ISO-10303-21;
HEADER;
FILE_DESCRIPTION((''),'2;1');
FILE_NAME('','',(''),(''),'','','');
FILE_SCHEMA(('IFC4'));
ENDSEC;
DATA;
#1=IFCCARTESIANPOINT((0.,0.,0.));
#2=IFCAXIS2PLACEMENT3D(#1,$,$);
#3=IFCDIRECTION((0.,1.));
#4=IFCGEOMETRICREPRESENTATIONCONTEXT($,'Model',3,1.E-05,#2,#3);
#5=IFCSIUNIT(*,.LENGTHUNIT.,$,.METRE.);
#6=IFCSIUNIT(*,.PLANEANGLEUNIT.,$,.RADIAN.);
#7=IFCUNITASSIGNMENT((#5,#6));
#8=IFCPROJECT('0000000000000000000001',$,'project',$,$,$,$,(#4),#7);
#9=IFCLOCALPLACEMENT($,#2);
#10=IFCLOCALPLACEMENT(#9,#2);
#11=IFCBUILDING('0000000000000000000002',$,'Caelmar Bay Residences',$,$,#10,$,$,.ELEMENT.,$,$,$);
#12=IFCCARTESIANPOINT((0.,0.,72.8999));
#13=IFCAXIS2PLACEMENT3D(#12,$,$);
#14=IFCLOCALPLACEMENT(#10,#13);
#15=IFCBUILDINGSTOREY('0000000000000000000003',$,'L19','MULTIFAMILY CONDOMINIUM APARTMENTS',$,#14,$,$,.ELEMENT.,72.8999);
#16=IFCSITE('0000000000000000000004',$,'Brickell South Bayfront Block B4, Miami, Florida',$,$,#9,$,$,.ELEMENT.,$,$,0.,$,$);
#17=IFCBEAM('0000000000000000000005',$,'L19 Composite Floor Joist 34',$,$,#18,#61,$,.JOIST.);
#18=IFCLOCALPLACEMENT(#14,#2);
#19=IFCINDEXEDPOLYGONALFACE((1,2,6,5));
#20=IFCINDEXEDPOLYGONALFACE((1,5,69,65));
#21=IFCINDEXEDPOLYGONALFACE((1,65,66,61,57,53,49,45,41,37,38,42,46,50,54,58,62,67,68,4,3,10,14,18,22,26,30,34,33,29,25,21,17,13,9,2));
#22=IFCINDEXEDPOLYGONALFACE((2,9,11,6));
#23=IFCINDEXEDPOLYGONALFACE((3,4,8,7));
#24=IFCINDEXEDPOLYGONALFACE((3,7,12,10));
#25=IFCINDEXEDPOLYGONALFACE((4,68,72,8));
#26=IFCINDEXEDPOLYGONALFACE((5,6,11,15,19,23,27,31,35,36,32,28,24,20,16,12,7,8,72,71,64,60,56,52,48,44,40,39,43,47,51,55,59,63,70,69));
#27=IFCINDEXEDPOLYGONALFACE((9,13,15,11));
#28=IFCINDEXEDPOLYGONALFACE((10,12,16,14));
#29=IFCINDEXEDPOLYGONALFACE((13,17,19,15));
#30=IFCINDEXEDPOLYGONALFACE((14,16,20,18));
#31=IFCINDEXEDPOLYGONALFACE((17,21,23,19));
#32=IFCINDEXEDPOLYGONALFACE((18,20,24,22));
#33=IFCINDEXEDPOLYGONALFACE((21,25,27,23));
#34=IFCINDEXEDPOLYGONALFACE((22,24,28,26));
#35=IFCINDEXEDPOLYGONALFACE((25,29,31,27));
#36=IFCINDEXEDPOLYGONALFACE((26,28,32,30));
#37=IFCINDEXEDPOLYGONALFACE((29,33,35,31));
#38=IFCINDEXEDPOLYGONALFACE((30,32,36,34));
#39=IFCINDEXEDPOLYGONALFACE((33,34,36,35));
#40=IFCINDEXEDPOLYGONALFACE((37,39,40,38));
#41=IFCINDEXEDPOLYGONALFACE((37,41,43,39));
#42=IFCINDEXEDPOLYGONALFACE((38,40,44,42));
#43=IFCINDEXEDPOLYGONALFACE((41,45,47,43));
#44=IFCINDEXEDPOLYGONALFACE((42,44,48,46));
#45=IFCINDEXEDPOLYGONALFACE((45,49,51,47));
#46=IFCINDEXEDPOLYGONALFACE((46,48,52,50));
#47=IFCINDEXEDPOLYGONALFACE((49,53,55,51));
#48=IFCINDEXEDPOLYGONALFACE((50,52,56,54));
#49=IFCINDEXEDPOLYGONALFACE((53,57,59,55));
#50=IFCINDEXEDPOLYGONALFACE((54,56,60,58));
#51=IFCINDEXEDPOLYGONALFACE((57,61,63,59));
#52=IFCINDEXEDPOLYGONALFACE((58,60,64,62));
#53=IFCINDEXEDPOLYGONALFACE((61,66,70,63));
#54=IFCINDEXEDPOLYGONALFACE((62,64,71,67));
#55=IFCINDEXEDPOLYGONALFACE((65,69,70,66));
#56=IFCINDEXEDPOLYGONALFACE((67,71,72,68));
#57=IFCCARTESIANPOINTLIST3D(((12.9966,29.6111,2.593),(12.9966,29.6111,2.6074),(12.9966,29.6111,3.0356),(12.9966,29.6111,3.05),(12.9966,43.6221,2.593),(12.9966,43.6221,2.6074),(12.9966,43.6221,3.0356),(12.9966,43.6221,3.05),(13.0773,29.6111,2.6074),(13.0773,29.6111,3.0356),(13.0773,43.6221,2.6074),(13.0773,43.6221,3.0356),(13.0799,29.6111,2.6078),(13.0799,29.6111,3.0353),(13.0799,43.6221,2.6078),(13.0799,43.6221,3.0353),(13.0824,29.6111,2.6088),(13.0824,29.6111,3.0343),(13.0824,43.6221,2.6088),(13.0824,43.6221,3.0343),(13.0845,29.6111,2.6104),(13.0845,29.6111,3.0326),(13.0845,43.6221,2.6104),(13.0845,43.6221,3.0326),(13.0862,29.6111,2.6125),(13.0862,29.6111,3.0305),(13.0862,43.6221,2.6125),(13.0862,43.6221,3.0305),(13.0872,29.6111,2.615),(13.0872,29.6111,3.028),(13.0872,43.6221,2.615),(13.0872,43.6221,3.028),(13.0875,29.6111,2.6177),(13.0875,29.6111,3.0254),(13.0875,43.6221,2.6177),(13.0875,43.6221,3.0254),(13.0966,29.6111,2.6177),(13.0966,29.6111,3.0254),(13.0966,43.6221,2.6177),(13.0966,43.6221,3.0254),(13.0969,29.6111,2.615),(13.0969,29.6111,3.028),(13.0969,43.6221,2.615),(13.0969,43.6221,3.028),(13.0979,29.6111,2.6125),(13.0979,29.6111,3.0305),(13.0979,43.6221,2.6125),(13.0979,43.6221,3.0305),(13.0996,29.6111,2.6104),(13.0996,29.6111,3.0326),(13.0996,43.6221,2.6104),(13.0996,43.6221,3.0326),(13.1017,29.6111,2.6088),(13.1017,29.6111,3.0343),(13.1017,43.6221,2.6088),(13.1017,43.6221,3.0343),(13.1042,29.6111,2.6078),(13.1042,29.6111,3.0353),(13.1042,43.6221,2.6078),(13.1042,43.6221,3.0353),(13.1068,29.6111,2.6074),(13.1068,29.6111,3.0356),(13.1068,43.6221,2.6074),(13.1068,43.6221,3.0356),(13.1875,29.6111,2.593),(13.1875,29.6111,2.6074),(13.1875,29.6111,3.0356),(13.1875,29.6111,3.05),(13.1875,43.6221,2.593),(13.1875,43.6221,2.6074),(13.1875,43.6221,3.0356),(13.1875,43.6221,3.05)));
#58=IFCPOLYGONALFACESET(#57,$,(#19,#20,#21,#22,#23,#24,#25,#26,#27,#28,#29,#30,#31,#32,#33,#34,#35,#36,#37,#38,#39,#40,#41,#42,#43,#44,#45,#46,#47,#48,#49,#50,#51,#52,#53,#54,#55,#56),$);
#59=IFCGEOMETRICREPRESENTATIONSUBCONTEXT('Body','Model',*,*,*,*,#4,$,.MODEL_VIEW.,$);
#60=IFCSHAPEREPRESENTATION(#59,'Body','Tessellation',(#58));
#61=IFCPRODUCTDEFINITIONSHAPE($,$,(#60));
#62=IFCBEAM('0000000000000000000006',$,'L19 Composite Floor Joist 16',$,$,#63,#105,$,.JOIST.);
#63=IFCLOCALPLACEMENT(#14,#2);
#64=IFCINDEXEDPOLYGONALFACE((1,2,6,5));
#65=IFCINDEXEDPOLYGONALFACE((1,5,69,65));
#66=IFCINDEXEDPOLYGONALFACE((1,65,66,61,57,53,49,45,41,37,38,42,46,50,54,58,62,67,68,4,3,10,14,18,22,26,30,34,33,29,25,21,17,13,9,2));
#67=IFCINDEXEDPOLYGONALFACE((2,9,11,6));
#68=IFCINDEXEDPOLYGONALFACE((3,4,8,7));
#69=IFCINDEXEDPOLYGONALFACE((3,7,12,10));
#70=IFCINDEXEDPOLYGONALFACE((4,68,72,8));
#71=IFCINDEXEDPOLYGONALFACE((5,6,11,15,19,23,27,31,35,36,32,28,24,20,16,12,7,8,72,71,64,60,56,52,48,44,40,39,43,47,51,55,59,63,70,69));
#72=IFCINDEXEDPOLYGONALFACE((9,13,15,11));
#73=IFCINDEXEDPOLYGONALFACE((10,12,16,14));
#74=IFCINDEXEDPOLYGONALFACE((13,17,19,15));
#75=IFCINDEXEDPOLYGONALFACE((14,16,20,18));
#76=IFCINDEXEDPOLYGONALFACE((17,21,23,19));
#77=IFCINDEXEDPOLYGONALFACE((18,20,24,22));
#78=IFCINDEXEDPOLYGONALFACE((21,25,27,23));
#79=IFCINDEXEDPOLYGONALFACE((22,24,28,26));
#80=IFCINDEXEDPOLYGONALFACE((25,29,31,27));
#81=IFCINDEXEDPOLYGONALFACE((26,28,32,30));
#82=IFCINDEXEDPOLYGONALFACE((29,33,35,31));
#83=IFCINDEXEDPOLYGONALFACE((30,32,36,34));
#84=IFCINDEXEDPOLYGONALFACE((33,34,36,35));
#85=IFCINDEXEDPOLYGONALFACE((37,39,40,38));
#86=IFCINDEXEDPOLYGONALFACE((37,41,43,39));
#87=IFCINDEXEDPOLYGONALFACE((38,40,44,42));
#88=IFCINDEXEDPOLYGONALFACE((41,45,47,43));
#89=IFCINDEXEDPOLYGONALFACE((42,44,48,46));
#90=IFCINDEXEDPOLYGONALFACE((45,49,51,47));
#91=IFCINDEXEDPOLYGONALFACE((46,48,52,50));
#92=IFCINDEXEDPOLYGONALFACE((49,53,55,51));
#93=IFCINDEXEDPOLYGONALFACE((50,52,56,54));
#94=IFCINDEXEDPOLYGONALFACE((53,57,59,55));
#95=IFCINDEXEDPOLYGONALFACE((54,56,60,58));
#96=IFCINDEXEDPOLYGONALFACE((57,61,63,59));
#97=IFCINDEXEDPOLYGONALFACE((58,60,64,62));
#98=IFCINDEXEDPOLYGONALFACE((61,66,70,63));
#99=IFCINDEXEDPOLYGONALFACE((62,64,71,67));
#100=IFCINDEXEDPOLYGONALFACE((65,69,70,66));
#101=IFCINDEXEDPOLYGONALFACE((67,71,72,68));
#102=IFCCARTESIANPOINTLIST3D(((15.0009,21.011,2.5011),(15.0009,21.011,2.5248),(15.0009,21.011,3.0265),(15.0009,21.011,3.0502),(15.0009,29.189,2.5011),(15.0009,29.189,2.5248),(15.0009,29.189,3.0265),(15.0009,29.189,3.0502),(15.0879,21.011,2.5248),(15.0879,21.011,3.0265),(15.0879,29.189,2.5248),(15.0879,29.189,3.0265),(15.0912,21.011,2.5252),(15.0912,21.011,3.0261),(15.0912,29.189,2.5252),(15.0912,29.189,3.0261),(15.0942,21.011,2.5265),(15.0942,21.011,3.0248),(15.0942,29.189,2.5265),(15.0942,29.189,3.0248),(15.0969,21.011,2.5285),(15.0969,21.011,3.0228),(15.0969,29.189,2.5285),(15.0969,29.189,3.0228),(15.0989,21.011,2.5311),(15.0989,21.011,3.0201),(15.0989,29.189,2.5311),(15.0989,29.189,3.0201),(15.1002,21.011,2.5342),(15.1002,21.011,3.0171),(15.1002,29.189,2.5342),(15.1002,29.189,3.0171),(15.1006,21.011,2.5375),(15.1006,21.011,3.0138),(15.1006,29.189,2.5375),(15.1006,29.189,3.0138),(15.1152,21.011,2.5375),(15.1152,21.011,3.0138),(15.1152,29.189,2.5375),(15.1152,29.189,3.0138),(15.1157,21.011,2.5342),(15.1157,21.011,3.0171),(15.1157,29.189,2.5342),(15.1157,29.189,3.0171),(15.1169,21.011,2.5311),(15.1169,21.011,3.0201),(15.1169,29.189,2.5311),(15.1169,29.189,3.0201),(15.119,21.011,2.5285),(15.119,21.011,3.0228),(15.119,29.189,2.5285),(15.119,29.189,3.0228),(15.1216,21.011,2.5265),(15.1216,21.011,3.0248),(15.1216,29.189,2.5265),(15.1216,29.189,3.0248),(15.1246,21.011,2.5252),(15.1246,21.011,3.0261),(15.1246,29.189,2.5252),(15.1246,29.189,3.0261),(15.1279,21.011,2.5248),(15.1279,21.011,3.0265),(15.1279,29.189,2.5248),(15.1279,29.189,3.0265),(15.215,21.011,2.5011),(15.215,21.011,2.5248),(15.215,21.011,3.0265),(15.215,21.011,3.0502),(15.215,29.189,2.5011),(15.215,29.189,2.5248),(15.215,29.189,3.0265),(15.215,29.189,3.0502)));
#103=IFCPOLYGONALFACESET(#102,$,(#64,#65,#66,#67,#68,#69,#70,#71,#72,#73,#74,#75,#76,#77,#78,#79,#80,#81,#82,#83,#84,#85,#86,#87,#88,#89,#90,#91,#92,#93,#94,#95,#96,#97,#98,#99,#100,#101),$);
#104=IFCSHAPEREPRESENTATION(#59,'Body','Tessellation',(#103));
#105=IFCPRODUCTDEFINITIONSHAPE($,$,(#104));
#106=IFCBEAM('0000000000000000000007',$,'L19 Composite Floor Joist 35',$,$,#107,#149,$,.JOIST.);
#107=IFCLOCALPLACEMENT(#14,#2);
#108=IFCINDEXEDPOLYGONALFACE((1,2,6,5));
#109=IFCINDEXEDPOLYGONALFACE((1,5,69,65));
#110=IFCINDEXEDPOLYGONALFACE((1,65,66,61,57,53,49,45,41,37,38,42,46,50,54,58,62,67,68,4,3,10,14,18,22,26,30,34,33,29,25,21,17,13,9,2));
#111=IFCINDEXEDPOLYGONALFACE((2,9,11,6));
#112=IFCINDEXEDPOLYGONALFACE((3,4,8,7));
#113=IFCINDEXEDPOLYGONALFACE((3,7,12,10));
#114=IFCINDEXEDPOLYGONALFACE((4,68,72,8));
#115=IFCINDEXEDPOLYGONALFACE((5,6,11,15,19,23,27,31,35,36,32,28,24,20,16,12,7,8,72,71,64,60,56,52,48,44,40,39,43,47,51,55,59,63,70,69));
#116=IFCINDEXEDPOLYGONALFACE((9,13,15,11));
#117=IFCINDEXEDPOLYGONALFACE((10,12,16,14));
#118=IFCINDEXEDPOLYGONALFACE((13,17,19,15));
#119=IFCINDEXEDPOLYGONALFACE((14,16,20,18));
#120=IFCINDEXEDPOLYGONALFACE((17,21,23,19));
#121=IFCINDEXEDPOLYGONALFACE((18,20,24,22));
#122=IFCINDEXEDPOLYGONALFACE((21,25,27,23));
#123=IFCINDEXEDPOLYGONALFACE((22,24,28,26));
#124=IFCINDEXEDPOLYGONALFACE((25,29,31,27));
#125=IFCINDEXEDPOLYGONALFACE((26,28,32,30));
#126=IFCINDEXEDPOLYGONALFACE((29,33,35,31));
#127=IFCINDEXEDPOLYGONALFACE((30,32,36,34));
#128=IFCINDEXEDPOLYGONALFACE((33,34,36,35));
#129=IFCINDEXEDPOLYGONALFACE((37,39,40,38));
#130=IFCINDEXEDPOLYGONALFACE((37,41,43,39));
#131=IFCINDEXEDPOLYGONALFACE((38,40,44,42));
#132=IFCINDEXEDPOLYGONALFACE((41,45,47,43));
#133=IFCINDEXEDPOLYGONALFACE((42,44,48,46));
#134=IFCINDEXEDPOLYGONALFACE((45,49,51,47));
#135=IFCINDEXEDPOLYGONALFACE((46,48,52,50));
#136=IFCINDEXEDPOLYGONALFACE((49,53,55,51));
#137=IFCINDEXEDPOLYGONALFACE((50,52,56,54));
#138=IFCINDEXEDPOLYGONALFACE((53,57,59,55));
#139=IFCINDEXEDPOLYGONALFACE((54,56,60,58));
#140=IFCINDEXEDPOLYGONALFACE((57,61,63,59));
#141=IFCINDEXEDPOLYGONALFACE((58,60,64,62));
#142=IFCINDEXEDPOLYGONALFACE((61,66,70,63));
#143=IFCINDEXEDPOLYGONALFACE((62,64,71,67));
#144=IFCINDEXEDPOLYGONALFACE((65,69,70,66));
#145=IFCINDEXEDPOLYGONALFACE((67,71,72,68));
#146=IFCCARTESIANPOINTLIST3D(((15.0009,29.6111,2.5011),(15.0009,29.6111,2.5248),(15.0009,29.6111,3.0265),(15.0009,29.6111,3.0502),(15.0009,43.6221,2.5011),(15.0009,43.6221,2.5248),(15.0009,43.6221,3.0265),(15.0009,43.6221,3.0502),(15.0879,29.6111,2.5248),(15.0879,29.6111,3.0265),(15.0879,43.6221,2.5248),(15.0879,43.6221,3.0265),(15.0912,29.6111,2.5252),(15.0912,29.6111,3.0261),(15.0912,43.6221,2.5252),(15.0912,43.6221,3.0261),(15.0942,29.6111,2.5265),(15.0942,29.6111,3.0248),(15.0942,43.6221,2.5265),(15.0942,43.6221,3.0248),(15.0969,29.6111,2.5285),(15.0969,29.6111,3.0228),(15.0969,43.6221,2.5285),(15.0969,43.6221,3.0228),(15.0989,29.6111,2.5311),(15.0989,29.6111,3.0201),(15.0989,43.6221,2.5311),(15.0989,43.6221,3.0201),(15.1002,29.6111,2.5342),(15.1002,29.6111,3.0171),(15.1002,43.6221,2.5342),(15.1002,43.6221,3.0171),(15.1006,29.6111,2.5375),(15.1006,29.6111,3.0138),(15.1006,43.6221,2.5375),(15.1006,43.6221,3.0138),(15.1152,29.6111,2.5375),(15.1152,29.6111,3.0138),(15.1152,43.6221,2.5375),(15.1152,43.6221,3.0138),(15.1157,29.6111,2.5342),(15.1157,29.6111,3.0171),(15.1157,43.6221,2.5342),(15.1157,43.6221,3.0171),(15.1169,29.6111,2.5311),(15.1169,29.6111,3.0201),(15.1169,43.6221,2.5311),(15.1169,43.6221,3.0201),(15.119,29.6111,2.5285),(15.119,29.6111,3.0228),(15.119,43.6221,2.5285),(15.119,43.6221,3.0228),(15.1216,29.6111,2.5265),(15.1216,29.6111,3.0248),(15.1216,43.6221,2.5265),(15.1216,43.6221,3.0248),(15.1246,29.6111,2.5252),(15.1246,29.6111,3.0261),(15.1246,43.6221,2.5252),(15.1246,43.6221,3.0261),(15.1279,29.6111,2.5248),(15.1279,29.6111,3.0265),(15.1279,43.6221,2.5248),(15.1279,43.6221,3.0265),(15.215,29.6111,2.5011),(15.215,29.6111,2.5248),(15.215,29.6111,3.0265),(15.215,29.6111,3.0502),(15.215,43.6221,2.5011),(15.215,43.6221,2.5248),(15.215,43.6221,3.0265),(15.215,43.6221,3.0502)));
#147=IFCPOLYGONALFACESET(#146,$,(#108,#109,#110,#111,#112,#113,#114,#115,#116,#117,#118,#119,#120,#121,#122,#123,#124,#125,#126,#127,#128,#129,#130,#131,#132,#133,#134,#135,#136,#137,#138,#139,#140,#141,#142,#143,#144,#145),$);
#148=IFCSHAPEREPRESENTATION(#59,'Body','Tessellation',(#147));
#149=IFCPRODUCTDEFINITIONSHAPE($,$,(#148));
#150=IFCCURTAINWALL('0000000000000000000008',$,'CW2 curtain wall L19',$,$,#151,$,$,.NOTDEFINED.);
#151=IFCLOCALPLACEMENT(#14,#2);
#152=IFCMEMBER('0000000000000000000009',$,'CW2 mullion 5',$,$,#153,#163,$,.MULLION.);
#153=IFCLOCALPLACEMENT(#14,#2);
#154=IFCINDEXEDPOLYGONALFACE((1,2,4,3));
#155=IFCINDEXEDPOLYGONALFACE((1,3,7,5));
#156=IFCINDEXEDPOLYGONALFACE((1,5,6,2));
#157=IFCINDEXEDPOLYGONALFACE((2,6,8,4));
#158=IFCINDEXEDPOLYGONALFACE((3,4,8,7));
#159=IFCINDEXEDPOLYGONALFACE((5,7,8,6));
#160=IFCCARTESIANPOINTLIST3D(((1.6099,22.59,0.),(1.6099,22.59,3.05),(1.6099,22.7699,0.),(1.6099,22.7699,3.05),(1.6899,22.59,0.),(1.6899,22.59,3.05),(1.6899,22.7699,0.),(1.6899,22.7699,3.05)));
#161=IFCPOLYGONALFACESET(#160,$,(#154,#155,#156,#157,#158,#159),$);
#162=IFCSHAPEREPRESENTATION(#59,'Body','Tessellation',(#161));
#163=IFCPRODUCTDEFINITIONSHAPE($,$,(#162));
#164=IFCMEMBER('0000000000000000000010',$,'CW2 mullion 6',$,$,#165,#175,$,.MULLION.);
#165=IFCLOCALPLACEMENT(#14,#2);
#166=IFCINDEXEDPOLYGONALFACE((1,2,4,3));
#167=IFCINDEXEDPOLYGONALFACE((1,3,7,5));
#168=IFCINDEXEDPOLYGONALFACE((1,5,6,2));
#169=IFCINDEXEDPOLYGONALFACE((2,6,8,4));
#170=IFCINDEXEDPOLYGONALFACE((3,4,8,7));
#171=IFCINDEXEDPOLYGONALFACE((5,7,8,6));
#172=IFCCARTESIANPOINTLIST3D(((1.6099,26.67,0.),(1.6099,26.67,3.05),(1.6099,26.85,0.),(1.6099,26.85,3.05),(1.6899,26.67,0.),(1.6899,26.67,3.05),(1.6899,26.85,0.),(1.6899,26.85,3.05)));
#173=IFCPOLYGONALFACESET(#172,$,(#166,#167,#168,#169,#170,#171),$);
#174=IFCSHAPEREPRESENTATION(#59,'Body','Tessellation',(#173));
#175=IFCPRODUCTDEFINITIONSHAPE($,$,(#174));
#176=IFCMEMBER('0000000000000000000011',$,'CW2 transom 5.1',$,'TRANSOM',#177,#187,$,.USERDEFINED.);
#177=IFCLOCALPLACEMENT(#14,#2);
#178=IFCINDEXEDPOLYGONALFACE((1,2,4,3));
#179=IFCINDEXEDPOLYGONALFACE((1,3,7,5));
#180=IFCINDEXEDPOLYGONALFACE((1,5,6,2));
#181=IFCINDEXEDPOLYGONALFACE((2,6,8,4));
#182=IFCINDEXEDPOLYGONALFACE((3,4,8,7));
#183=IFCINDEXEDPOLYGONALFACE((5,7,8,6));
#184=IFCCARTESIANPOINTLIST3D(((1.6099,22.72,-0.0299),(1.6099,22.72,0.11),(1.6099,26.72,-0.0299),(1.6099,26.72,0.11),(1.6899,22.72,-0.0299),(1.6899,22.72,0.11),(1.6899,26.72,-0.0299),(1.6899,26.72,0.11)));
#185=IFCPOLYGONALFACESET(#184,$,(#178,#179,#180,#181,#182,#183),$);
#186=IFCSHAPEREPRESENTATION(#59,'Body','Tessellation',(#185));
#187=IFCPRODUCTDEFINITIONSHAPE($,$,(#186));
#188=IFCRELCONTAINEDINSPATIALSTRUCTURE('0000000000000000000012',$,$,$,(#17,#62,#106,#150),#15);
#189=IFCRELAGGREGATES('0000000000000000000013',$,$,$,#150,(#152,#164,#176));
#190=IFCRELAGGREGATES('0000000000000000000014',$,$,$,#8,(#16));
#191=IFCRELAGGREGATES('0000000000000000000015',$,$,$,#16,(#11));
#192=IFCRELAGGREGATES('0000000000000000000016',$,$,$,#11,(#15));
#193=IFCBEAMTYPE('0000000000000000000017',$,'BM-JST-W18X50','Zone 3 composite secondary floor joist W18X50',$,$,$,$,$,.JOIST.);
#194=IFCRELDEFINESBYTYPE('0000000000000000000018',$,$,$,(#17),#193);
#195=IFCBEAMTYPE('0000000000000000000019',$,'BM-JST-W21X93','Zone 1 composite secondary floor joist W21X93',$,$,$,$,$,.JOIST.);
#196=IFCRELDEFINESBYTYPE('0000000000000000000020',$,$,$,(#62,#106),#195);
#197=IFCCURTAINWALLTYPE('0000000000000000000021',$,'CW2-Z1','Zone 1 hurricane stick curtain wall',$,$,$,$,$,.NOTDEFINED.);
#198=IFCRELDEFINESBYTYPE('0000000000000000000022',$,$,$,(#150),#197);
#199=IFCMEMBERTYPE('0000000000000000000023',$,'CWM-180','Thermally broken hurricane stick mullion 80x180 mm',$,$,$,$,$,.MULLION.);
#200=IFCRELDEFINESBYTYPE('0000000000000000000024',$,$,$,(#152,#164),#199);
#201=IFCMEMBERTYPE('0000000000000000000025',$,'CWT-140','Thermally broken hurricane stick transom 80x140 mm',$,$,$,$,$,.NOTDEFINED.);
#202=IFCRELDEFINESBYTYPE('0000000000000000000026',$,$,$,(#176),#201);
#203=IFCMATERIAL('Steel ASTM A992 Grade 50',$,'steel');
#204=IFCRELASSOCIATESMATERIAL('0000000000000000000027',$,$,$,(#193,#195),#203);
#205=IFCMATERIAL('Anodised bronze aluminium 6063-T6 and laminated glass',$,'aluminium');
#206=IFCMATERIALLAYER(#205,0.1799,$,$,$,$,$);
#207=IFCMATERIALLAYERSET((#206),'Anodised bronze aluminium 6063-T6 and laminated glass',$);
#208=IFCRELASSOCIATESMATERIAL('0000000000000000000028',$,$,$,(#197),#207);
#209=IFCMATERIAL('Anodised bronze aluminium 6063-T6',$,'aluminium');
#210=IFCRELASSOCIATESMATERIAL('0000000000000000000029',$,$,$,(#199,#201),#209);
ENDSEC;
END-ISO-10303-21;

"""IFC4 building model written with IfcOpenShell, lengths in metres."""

from ifc_helpers import new_model, si_unit, direction, frame, origin, origin_2d, place, context, subcontext, project, spatial, rectangle, i_section, extrude, material, layer, layer_set, material_profile, profile_set, type_object, element, aggregate, save


model = new_model("IFC4")

# Units and contexts
model_context = context("Model", 3, precision=1e-05, world=origin(), true_north=direction((0.0, 1.0)))
body_context = subcontext(model_context, "Body", "Model", "MODEL_VIEW")
ifc_project = project(units=[si_unit("LENGTHUNIT", "METRE"), si_unit("PLANEANGLEUNIT", "RADIAN")], contexts=[model_context])

# Site, building, storey
site_placement = place(None, origin())
site = spatial("IfcSite", under=ifc_project, at=site_placement, Name="Brickell South Bayfront Block B4, Miami, Florida", CompositionType="ELEMENT", RefElevation=0.0)
building_placement = place(site_placement, origin())
building = spatial("IfcBuilding", under=site, at=building_placement, Name="Caelmar Bay Residences", CompositionType="ELEMENT")
storey_placement = place(building_placement, frame((0.0, 0.0, 72.8999)))
storey = spatial("IfcBuildingStorey", under=building, at=storey_placement, Name="L19", Description="MULTIFAMILY CONDOMINIUM APARTMENTS", CompositionType="ELEMENT", Elevation=72.8999)

# Beams
ifc_material_1 = material(Name="Steel ASTM A992 Grade 50", Category="steel")
ifc_material_profile_1 = material_profile(ifc_material_1, i_section(OverallWidth=0.1909, OverallDepth=0.457, WebThickness=0.009, FlangeThickness=0.0144, FilletRadius=0.0103, at=origin_2d()), Name="W18X50")
ifc_profile_set_1 = profile_set([ifc_material_profile_1], Name="Steel ASTM A992 Grade 50")
beam_type_1 = type_object("IfcBeamType", Name="BM-JST-W18X50", Description="Zone 3 composite secondary floor joist W18X50", PredefinedType="JOIST", material=ifc_profile_set_1)
beam_1_placement = place(storey_placement, frame((13.092, 29.6111, 2.8215), z_axis=(0.0, 1.0, 0.0), x_axis=(-1.0, 0.0, 0.0)))
element("IfcBeam", 1, at=beam_1_placement, inside=storey, type_object=beam_type_1, Name="L19 Composite Floor Joist 34", PredefinedType="JOIST", context=body_context, shape_type="SweptSolid", body=[
    extrude(i_section(OverallWidth=0.1909, OverallDepth=0.457, WebThickness=0.009, FlangeThickness=0.0144, FilletRadius=0.0103, at=origin_2d()), origin(), (0.0, 0.0, 1.0), 14.011),
])
ifc_material_profile_2 = material_profile(ifc_material_1, i_section(OverallWidth=0.2141, OverallDepth=0.5491, WebThickness=0.0146, FlangeThickness=0.0237, FilletRadius=0.0127, at=origin_2d()), Name="W21X93")
ifc_profile_set_2 = profile_set([ifc_material_profile_2], Name="Steel ASTM A992 Grade 50")
beam_type_2 = type_object("IfcBeamType", Name="BM-JST-W21X93", Description="Zone 1 composite secondary floor joist W21X93", PredefinedType="JOIST", material=ifc_profile_set_2)
beam_2_placement = place(storey_placement, frame((15.1079, 21.011, 2.7756), z_axis=(0.0, 1.0, 0.0), x_axis=(-1.0, 0.0, 0.0)))
element("IfcBeam", 2, at=beam_2_placement, inside=storey, type_object=beam_type_2, Name="L19 Composite Floor Joist 16", PredefinedType="JOIST", context=body_context, shape_type="SweptSolid", body=[
    extrude(i_section(OverallWidth=0.2141, OverallDepth=0.5491, WebThickness=0.0146, FlangeThickness=0.0237, FilletRadius=0.0127, at=origin_2d()), origin(), (0.0, 0.0, 1.0), 8.178),
])
beam_3_placement = place(storey_placement, frame((15.1079, 29.6111, 2.7756), z_axis=(0.0, 1.0, 0.0), x_axis=(-1.0, 0.0, 0.0)))
element("IfcBeam", 3, at=beam_3_placement, inside=storey, type_object=beam_type_2, Name="L19 Composite Floor Joist 35", PredefinedType="JOIST", context=body_context, shape_type="SweptSolid", body=[
    extrude(i_section(OverallWidth=0.2141, OverallDepth=0.5491, WebThickness=0.0146, FlangeThickness=0.0237, FilletRadius=0.0127, at=origin_2d()), origin(), (0.0, 0.0, 1.0), 14.011),
])

# Curtain wall, members
ifc_material_2 = material(Name="Anodised bronze aluminium 6063-T6 and laminated glass", Category="aluminium")
ifc_layer_1 = layer(ifc_material_2, 0.1799)
ifc_layer_set_1 = layer_set([ifc_layer_1], Name="Anodised bronze aluminium 6063-T6 and laminated glass")
curtain_wall_type = type_object("IfcCurtainWallType", Name="CW2-Z1", Description="Zone 1 hurricane stick curtain wall", PredefinedType="NOTDEFINED", material=ifc_layer_set_1)
curtain_wall_placement = place(storey_placement, origin())
curtain_wall = element("IfcCurtainWall", 4, at=curtain_wall_placement, inside=storey, type_object=curtain_wall_type, Name="CW2 curtain wall L19", PredefinedType="NOTDEFINED")
ifc_material_3 = material(Name="Anodised bronze aluminium 6063-T6", Category="aluminium")
ifc_material_profile_3 = material_profile(ifc_material_3, rectangle(XDim=0.0801, YDim=0.1799, at=origin_2d()), Name="CWM-80X180")
ifc_profile_set_3 = profile_set([ifc_material_profile_3], Name="Anodised bronze aluminium 6063-T6")
member_type_1 = type_object("IfcMemberType", Name="CWM-180", Description="Thermally broken hurricane stick mullion 80x180 mm", PredefinedType="MULLION", material=ifc_profile_set_3)
member_1_placement = place(storey_placement, frame((1.6499, 22.6799, 0.0), z_axis=(0.0, 0.0, 1.0), x_axis=(-1.0, 0.0, 0.0)))
member_1 = element("IfcMember", 5, at=member_1_placement, type_object=member_type_1, Name="CW2 mullion 5", PredefinedType="MULLION", context=body_context, shape_type="SweptSolid", body=[
    extrude(rectangle(XDim=0.0801, YDim=0.1799, at=origin_2d()), origin(), (0.0, 0.0, 1.0), 3.05),
])
member_2_placement = place(storey_placement, frame((1.6499, 26.76, 0.0), z_axis=(0.0, 0.0, 1.0), x_axis=(-1.0, 0.0, 0.0)))
member_2 = element("IfcMember", 6, at=member_2_placement, type_object=member_type_1, Name="CW2 mullion 6", PredefinedType="MULLION", context=body_context, shape_type="SweptSolid", body=[
    extrude(rectangle(XDim=0.0801, YDim=0.1799, at=origin_2d()), origin(), (0.0, 0.0, 1.0), 3.05),
])
ifc_material_profile_4 = material_profile(ifc_material_3, rectangle(XDim=0.0801, YDim=0.1399, at=origin_2d()), Name="CWT-80X140")
ifc_profile_set_4 = profile_set([ifc_material_profile_4], Name="Anodised bronze aluminium 6063-T6")
member_type_2 = type_object("IfcMemberType", Name="CWT-140", Description="Thermally broken hurricane stick transom 80x140 mm", PredefinedType="NOTDEFINED", material=ifc_profile_set_4)
member_3_placement = place(storey_placement, frame((1.6499, 22.72, 0.04), z_axis=(0.0, 1.0, 0.0), x_axis=(-1.0, 0.0, 0.0)))
member_3 = element("IfcMember", 7, at=member_3_placement, type_object=member_type_2, Name="CW2 transom 5.1", ObjectType="TRANSOM", PredefinedType="USERDEFINED", context=body_context, shape_type="SweptSolid", body=[
    extrude(rectangle(XDim=0.0801, YDim=0.1399, at=origin_2d()), origin(), (0.0, 0.0, 1.0), 4.0),
])
aggregate(curtain_wall, [member_1, member_2, member_3])

save(model, "model.ifc")
